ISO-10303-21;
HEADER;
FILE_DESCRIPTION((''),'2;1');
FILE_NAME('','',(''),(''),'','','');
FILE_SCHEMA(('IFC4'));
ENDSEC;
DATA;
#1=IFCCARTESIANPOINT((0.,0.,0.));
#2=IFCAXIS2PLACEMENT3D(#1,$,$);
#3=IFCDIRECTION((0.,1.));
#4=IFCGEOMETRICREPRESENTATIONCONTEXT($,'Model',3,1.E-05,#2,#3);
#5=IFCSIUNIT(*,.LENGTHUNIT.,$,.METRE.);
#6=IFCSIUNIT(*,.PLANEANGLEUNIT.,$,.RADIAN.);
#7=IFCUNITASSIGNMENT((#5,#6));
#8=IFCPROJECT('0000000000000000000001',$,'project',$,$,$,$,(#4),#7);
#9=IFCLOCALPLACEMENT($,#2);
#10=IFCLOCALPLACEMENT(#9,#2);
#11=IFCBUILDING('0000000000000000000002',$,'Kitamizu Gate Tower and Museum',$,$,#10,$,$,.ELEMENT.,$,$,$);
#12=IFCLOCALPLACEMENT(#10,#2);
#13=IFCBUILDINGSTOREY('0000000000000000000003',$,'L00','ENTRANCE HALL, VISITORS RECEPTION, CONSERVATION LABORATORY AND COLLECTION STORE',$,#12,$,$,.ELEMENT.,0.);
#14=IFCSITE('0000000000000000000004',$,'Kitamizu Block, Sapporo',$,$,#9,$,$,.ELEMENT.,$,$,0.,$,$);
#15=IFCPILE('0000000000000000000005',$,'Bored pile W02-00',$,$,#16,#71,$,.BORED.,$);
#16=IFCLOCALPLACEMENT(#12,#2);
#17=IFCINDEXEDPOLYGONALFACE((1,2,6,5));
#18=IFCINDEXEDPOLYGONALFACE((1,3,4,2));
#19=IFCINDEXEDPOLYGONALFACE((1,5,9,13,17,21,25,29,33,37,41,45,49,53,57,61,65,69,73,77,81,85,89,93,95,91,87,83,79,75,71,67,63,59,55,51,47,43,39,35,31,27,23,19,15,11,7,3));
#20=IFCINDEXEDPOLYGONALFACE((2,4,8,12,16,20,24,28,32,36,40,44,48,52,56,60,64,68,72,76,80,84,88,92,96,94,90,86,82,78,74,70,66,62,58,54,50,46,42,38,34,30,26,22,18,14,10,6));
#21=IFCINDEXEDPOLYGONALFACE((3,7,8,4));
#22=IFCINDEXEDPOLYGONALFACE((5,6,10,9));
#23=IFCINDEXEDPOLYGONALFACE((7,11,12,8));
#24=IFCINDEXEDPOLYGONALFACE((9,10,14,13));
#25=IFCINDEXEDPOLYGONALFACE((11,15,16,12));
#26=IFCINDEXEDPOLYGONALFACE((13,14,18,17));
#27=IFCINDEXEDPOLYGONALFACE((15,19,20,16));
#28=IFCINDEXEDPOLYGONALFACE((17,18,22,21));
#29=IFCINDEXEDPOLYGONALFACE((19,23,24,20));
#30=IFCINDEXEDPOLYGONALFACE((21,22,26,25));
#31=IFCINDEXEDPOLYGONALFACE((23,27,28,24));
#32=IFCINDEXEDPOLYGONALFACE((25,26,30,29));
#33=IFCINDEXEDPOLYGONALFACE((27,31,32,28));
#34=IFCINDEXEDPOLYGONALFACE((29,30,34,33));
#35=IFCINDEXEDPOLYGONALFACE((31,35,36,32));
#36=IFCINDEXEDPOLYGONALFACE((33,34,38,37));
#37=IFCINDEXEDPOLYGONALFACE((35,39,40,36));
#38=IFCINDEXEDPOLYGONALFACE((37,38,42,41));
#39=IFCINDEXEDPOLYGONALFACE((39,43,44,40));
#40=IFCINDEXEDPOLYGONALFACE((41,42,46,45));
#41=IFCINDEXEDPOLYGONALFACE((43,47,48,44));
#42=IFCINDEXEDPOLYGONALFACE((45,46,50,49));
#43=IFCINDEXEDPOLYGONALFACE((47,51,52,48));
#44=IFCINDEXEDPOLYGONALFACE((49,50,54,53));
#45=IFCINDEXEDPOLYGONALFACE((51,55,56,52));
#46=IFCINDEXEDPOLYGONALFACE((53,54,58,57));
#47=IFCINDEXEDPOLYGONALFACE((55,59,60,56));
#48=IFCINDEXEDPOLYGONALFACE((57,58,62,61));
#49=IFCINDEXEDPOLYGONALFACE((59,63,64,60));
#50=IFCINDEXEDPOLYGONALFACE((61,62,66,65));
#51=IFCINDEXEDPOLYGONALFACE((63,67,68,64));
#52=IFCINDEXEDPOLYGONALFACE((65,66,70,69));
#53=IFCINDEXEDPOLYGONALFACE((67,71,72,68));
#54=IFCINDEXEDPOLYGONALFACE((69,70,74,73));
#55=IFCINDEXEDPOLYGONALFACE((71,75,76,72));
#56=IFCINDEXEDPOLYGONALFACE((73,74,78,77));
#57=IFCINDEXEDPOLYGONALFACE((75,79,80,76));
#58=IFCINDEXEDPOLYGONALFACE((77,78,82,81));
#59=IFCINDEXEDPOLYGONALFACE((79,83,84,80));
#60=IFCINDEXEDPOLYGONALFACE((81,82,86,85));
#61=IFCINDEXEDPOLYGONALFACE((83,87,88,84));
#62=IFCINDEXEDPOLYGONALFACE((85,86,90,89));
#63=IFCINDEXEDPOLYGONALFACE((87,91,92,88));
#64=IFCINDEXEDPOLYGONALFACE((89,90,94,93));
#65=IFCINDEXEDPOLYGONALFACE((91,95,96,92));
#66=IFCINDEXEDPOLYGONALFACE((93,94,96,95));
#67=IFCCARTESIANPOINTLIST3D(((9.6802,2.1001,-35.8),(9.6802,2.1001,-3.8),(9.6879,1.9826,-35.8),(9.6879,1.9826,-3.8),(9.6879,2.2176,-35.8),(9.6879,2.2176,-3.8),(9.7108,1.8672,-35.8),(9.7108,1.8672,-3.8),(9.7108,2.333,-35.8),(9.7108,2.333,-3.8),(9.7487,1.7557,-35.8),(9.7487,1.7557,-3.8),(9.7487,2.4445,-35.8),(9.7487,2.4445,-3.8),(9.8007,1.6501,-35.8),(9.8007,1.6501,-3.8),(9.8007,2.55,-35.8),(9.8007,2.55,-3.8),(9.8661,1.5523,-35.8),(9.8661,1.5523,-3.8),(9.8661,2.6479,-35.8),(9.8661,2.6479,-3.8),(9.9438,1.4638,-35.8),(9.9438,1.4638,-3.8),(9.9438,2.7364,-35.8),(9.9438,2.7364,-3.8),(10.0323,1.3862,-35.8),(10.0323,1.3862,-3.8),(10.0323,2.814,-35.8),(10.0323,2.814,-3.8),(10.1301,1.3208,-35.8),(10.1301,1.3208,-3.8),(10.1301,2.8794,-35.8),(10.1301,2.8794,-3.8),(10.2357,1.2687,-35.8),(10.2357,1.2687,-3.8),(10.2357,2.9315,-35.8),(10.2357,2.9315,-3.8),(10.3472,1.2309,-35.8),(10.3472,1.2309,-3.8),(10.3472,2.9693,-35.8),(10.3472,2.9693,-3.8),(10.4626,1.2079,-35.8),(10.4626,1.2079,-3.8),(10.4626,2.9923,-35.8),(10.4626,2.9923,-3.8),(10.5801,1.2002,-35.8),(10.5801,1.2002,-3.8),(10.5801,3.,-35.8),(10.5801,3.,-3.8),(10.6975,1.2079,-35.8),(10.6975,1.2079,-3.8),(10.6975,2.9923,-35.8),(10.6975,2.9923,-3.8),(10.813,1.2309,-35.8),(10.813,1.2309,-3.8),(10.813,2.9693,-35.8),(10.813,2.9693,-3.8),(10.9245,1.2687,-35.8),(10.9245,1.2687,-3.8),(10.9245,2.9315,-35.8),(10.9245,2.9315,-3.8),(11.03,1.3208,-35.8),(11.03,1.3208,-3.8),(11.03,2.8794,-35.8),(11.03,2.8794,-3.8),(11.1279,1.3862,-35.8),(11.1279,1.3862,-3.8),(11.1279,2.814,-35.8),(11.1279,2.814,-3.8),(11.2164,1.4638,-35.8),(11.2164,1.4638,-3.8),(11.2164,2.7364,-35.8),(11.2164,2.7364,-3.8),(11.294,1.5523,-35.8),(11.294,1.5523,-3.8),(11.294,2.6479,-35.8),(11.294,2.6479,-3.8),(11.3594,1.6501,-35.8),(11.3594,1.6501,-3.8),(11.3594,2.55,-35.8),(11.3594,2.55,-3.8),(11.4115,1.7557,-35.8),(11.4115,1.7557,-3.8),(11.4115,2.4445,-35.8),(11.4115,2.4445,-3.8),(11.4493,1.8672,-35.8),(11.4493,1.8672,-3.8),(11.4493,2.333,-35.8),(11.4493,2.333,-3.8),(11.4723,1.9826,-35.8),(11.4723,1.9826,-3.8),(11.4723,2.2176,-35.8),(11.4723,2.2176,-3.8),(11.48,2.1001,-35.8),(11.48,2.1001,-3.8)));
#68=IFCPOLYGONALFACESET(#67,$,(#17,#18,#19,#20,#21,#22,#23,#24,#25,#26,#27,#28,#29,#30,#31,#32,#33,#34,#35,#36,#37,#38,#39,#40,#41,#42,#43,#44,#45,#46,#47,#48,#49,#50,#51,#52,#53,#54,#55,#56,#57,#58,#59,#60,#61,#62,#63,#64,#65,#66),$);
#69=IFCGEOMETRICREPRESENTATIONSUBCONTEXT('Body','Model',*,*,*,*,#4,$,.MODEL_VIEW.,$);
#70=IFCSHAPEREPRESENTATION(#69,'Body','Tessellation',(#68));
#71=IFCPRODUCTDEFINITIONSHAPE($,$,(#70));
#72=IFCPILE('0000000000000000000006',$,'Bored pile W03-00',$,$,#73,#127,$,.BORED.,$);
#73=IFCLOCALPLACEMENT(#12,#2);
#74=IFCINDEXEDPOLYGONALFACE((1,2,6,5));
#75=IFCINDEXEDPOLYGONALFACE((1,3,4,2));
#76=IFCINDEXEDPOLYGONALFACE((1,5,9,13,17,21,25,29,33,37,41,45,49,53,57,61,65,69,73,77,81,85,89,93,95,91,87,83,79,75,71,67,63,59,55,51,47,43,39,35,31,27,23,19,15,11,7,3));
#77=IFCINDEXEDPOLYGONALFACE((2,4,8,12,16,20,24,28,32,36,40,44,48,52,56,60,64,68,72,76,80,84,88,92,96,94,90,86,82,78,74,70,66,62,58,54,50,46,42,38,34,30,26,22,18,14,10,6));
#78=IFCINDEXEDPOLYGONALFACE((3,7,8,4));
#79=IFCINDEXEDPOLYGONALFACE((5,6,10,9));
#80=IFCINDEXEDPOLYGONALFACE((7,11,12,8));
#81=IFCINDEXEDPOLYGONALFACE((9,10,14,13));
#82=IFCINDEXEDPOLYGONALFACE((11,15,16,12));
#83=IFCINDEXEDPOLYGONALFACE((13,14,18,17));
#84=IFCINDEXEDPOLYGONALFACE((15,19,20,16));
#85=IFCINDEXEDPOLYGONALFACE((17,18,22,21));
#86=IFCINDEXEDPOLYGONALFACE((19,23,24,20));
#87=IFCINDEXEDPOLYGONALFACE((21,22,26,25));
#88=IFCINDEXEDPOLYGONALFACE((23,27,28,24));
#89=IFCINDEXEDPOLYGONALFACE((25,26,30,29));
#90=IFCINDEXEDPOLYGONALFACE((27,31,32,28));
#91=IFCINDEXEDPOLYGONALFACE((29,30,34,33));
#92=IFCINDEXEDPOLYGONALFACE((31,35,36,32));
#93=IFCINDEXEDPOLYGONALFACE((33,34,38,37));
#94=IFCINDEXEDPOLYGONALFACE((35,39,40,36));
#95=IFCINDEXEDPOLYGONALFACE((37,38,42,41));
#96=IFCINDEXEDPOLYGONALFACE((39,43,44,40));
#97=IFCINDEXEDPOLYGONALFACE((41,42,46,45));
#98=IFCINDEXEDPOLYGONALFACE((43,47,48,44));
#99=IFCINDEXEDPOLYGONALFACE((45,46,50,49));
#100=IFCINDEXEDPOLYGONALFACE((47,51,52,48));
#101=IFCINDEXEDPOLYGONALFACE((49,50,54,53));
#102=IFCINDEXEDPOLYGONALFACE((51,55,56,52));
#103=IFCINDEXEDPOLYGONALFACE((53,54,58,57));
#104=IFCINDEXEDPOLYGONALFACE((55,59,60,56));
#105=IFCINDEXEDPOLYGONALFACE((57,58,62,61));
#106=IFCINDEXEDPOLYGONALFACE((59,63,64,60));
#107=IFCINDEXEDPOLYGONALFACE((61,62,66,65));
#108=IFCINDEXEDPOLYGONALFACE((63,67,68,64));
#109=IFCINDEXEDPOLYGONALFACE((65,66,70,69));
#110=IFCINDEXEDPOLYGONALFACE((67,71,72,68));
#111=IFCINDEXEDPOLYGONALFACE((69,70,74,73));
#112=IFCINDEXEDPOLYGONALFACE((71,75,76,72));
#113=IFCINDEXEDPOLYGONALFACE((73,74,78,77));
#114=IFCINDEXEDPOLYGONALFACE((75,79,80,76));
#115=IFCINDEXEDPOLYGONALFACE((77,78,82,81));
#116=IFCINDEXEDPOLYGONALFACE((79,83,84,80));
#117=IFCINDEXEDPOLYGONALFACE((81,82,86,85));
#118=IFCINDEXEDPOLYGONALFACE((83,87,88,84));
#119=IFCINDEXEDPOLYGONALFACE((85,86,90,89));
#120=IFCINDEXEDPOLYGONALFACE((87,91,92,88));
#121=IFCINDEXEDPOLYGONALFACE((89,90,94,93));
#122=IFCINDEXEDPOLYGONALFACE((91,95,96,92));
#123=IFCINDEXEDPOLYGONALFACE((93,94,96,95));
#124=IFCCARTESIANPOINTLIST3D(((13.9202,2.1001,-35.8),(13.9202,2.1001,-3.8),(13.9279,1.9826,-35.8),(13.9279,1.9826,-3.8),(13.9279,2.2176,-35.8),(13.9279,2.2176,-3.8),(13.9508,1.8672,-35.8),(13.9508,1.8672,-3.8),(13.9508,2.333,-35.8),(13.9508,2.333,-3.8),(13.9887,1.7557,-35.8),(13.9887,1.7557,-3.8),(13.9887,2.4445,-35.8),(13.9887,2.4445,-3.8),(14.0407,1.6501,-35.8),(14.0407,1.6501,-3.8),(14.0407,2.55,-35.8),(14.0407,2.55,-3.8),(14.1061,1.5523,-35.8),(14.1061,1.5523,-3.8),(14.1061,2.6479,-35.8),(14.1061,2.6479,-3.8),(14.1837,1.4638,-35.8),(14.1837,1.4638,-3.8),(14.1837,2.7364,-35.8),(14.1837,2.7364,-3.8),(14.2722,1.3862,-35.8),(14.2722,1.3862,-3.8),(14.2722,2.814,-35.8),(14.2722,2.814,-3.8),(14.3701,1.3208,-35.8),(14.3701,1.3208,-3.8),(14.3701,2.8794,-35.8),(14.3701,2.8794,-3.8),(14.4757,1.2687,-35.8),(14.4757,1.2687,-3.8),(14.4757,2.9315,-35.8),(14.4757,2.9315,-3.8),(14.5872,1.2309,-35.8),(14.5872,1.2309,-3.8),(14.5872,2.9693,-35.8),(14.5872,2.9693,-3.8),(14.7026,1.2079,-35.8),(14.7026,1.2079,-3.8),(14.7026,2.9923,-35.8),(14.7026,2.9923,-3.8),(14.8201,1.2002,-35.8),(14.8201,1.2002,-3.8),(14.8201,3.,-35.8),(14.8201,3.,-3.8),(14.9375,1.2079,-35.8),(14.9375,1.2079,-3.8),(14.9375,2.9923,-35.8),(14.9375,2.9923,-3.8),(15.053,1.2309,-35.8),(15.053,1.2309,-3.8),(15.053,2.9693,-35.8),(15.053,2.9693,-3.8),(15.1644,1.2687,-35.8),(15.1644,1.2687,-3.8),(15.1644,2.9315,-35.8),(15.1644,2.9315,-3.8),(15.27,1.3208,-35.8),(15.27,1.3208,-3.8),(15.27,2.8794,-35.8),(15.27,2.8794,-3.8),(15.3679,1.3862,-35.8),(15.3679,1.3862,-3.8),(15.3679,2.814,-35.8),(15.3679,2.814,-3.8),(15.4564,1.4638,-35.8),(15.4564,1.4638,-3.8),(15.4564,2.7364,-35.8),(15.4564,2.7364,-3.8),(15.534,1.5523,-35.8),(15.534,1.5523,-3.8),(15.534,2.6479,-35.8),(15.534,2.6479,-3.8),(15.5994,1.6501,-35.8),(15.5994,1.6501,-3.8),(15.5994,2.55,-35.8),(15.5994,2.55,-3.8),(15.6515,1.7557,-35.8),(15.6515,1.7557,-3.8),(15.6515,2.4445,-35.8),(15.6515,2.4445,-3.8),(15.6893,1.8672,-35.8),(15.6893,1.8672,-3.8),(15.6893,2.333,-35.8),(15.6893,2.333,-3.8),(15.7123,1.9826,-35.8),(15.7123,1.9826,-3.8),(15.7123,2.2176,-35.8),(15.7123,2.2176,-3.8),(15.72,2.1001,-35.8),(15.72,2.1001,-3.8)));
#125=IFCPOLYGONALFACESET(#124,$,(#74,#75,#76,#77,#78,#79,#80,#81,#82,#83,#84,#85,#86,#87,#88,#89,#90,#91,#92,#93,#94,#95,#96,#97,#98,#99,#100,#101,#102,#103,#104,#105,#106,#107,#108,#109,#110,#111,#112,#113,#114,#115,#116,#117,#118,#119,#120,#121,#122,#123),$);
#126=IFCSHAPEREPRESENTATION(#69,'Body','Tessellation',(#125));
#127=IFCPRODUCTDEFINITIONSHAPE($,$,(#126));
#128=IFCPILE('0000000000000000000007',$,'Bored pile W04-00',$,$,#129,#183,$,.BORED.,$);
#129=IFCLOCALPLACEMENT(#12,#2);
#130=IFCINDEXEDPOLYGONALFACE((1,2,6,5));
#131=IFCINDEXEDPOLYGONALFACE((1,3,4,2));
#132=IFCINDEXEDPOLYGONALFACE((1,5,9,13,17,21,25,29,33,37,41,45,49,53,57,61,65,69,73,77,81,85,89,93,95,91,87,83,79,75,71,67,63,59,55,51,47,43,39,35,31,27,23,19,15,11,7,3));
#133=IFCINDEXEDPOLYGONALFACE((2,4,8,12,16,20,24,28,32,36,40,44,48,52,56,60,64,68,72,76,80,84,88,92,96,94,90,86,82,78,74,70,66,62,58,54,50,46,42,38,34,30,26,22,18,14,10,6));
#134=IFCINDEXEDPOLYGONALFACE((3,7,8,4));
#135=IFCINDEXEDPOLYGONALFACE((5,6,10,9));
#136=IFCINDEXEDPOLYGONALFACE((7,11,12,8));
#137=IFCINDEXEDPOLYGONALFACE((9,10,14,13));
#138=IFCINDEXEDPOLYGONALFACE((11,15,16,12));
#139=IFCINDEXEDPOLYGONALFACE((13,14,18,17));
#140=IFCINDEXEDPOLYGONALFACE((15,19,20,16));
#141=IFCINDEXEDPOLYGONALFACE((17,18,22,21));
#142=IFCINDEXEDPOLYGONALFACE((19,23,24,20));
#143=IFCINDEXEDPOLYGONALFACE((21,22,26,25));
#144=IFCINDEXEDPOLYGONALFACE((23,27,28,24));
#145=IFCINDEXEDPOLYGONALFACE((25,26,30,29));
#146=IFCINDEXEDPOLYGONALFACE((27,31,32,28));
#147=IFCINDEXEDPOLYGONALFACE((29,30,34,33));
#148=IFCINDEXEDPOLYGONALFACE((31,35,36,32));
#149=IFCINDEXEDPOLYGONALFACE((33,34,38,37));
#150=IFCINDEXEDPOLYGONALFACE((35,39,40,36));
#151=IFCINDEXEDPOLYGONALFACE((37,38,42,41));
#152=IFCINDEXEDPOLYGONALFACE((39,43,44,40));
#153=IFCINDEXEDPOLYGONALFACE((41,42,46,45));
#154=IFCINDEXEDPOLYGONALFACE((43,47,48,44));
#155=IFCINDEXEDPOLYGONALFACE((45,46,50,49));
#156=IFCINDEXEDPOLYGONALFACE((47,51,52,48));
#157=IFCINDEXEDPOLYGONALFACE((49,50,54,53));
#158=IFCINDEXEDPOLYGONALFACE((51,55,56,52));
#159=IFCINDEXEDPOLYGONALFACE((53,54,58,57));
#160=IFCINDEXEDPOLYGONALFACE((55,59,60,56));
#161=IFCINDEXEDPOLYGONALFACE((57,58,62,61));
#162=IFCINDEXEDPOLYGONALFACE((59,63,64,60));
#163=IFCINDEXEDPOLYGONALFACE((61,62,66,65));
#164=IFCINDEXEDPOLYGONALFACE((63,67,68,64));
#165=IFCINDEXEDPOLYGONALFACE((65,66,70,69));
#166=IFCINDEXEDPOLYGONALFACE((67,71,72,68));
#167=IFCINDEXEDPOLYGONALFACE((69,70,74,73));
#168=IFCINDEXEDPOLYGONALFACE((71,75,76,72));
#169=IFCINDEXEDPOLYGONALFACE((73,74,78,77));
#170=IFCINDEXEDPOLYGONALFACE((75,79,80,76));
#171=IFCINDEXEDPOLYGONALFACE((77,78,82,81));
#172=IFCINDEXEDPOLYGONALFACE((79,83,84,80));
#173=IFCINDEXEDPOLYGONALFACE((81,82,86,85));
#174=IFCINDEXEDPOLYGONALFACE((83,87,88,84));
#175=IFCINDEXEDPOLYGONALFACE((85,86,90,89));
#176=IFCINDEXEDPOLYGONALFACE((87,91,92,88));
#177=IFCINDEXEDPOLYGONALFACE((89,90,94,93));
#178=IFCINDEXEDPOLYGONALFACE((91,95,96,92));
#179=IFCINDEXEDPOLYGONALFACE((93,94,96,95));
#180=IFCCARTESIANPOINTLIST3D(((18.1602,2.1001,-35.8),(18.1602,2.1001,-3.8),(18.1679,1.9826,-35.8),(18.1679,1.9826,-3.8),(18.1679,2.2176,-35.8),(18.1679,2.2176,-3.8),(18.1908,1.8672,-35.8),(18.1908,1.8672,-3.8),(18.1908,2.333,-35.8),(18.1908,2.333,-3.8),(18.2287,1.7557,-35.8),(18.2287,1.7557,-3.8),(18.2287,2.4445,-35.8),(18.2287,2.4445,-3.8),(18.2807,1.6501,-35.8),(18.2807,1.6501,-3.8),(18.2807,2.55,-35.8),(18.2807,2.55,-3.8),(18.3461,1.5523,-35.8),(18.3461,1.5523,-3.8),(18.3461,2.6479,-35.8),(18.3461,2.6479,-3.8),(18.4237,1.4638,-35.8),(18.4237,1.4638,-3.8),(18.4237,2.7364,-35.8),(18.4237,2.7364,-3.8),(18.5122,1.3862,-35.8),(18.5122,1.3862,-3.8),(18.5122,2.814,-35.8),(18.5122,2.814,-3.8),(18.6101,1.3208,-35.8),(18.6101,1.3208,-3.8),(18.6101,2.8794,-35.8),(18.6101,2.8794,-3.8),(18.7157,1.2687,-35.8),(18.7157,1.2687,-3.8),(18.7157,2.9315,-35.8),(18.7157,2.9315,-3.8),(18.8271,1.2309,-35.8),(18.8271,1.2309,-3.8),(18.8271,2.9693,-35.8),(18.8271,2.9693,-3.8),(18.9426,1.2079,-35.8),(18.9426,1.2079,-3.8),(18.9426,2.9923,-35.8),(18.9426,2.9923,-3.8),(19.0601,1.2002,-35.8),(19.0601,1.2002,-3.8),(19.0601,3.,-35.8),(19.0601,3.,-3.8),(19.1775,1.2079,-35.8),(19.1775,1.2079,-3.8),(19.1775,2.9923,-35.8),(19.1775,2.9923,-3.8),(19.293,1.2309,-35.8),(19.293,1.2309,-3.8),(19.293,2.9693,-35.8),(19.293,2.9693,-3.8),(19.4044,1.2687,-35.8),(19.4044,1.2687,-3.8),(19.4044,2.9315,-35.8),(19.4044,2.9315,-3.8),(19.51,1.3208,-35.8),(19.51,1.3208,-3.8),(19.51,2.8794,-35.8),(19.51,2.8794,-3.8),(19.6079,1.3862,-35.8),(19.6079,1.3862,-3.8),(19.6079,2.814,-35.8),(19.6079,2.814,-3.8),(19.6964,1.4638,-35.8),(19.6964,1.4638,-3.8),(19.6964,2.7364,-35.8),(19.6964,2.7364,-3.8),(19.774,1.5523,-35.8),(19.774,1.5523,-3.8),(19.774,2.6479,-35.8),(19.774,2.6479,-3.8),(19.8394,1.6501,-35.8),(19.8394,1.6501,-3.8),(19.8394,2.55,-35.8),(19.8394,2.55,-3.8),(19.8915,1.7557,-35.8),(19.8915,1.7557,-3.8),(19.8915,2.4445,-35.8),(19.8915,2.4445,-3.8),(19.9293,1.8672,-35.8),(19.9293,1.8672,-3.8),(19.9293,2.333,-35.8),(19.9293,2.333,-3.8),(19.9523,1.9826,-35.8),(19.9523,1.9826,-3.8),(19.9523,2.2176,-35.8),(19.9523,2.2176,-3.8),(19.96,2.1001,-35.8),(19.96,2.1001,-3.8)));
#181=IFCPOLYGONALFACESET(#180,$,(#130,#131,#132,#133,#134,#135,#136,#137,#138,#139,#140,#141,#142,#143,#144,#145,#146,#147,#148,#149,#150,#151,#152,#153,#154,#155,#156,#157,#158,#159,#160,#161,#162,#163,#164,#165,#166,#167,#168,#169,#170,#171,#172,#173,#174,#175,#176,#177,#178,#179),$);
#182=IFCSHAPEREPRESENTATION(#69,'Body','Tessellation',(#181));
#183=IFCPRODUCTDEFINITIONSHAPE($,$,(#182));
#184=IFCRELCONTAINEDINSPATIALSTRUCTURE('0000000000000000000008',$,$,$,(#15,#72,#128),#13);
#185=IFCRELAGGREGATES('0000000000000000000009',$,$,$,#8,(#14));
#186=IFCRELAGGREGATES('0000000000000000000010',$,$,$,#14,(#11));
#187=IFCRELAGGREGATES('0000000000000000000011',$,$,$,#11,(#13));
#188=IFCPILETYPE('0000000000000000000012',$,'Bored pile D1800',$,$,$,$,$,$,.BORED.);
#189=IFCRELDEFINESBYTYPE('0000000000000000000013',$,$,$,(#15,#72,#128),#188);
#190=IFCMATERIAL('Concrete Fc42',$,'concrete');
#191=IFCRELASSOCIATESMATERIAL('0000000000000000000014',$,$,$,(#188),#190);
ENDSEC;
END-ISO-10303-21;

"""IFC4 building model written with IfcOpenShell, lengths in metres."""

from ifc_helpers import new_model, si_unit, direction, frame, origin, origin_2d, place, context, subcontext, project, spatial, circle, extrude, material, material_profile, profile_set, type_object, element, save


model = new_model("IFC4")

# Units and contexts
model_context = context("Model", 3, precision=1e-05, world=origin(), true_north=direction((0.0, 1.0)))
body_context = subcontext(model_context, "Body", "Model", "MODEL_VIEW")
ifc_project = project(units=[si_unit("LENGTHUNIT", "METRE"), si_unit("PLANEANGLEUNIT", "RADIAN")], contexts=[model_context])

# Site, building, storey
site_placement = place(None, origin())
site = spatial("IfcSite", under=ifc_project, at=site_placement, Name="Kitamizu Block, Sapporo", CompositionType="ELEMENT", RefElevation=0.0)
building_placement = place(site_placement, origin())
building = spatial("IfcBuilding", under=site, at=building_placement, Name="Kitamizu Gate Tower and Museum", CompositionType="ELEMENT")
storey_placement = place(building_placement, origin())
storey = spatial("IfcBuildingStorey", under=building, at=storey_placement, Name="L00", Description="ENTRANCE HALL, VISITORS RECEPTION, CONSERVATION LABORATORY AND COLLECTION STORE", CompositionType="ELEMENT", Elevation=0.0)

# Piles
ifc_material_1 = material(Name="Concrete Fc42", Category="concrete")
ifc_material_profile_1 = material_profile(ifc_material_1, circle(Radius=0.8999, at=origin_2d()), Name="Bored pile D1800")
ifc_profile_set_1 = profile_set([ifc_material_profile_1], Name="Concrete Fc42")
pile_type_1 = type_object("IfcPileType", Name="Bored pile D1800", PredefinedType="BORED", material=ifc_profile_set_1)
for number, where, z_axis, x_axis, name in (
    (1, (10.5801, 2.1001, -3.8), (0.0, 0.0, -1.0), (1.0, 0.0, 0.0), "Bored pile W02-00"),
    (2, (14.8201, 2.1001, -3.8), (0.0, 0.0, -1.0), (1.0, 0.0, 0.0), "Bored pile W03-00"),
    (3, (19.0601, 2.1001, -3.8), (0.0, 0.0, -1.0), (1.0, 0.0, 0.0), "Bored pile W04-00"),
):
    element("IfcPile", number, at=place(storey_placement, frame(where, z_axis=z_axis, x_axis=x_axis)), inside=storey, type_object=pile_type_1, Name=name, PredefinedType="BORED", context=body_context, shape_type="SweptSolid", body=[
        extrude(circle(Radius=0.8999, at=origin_2d()), origin(), (0.0, 0.0, 1.0), 32.0),
    ])

save(model, "model.ifc")
